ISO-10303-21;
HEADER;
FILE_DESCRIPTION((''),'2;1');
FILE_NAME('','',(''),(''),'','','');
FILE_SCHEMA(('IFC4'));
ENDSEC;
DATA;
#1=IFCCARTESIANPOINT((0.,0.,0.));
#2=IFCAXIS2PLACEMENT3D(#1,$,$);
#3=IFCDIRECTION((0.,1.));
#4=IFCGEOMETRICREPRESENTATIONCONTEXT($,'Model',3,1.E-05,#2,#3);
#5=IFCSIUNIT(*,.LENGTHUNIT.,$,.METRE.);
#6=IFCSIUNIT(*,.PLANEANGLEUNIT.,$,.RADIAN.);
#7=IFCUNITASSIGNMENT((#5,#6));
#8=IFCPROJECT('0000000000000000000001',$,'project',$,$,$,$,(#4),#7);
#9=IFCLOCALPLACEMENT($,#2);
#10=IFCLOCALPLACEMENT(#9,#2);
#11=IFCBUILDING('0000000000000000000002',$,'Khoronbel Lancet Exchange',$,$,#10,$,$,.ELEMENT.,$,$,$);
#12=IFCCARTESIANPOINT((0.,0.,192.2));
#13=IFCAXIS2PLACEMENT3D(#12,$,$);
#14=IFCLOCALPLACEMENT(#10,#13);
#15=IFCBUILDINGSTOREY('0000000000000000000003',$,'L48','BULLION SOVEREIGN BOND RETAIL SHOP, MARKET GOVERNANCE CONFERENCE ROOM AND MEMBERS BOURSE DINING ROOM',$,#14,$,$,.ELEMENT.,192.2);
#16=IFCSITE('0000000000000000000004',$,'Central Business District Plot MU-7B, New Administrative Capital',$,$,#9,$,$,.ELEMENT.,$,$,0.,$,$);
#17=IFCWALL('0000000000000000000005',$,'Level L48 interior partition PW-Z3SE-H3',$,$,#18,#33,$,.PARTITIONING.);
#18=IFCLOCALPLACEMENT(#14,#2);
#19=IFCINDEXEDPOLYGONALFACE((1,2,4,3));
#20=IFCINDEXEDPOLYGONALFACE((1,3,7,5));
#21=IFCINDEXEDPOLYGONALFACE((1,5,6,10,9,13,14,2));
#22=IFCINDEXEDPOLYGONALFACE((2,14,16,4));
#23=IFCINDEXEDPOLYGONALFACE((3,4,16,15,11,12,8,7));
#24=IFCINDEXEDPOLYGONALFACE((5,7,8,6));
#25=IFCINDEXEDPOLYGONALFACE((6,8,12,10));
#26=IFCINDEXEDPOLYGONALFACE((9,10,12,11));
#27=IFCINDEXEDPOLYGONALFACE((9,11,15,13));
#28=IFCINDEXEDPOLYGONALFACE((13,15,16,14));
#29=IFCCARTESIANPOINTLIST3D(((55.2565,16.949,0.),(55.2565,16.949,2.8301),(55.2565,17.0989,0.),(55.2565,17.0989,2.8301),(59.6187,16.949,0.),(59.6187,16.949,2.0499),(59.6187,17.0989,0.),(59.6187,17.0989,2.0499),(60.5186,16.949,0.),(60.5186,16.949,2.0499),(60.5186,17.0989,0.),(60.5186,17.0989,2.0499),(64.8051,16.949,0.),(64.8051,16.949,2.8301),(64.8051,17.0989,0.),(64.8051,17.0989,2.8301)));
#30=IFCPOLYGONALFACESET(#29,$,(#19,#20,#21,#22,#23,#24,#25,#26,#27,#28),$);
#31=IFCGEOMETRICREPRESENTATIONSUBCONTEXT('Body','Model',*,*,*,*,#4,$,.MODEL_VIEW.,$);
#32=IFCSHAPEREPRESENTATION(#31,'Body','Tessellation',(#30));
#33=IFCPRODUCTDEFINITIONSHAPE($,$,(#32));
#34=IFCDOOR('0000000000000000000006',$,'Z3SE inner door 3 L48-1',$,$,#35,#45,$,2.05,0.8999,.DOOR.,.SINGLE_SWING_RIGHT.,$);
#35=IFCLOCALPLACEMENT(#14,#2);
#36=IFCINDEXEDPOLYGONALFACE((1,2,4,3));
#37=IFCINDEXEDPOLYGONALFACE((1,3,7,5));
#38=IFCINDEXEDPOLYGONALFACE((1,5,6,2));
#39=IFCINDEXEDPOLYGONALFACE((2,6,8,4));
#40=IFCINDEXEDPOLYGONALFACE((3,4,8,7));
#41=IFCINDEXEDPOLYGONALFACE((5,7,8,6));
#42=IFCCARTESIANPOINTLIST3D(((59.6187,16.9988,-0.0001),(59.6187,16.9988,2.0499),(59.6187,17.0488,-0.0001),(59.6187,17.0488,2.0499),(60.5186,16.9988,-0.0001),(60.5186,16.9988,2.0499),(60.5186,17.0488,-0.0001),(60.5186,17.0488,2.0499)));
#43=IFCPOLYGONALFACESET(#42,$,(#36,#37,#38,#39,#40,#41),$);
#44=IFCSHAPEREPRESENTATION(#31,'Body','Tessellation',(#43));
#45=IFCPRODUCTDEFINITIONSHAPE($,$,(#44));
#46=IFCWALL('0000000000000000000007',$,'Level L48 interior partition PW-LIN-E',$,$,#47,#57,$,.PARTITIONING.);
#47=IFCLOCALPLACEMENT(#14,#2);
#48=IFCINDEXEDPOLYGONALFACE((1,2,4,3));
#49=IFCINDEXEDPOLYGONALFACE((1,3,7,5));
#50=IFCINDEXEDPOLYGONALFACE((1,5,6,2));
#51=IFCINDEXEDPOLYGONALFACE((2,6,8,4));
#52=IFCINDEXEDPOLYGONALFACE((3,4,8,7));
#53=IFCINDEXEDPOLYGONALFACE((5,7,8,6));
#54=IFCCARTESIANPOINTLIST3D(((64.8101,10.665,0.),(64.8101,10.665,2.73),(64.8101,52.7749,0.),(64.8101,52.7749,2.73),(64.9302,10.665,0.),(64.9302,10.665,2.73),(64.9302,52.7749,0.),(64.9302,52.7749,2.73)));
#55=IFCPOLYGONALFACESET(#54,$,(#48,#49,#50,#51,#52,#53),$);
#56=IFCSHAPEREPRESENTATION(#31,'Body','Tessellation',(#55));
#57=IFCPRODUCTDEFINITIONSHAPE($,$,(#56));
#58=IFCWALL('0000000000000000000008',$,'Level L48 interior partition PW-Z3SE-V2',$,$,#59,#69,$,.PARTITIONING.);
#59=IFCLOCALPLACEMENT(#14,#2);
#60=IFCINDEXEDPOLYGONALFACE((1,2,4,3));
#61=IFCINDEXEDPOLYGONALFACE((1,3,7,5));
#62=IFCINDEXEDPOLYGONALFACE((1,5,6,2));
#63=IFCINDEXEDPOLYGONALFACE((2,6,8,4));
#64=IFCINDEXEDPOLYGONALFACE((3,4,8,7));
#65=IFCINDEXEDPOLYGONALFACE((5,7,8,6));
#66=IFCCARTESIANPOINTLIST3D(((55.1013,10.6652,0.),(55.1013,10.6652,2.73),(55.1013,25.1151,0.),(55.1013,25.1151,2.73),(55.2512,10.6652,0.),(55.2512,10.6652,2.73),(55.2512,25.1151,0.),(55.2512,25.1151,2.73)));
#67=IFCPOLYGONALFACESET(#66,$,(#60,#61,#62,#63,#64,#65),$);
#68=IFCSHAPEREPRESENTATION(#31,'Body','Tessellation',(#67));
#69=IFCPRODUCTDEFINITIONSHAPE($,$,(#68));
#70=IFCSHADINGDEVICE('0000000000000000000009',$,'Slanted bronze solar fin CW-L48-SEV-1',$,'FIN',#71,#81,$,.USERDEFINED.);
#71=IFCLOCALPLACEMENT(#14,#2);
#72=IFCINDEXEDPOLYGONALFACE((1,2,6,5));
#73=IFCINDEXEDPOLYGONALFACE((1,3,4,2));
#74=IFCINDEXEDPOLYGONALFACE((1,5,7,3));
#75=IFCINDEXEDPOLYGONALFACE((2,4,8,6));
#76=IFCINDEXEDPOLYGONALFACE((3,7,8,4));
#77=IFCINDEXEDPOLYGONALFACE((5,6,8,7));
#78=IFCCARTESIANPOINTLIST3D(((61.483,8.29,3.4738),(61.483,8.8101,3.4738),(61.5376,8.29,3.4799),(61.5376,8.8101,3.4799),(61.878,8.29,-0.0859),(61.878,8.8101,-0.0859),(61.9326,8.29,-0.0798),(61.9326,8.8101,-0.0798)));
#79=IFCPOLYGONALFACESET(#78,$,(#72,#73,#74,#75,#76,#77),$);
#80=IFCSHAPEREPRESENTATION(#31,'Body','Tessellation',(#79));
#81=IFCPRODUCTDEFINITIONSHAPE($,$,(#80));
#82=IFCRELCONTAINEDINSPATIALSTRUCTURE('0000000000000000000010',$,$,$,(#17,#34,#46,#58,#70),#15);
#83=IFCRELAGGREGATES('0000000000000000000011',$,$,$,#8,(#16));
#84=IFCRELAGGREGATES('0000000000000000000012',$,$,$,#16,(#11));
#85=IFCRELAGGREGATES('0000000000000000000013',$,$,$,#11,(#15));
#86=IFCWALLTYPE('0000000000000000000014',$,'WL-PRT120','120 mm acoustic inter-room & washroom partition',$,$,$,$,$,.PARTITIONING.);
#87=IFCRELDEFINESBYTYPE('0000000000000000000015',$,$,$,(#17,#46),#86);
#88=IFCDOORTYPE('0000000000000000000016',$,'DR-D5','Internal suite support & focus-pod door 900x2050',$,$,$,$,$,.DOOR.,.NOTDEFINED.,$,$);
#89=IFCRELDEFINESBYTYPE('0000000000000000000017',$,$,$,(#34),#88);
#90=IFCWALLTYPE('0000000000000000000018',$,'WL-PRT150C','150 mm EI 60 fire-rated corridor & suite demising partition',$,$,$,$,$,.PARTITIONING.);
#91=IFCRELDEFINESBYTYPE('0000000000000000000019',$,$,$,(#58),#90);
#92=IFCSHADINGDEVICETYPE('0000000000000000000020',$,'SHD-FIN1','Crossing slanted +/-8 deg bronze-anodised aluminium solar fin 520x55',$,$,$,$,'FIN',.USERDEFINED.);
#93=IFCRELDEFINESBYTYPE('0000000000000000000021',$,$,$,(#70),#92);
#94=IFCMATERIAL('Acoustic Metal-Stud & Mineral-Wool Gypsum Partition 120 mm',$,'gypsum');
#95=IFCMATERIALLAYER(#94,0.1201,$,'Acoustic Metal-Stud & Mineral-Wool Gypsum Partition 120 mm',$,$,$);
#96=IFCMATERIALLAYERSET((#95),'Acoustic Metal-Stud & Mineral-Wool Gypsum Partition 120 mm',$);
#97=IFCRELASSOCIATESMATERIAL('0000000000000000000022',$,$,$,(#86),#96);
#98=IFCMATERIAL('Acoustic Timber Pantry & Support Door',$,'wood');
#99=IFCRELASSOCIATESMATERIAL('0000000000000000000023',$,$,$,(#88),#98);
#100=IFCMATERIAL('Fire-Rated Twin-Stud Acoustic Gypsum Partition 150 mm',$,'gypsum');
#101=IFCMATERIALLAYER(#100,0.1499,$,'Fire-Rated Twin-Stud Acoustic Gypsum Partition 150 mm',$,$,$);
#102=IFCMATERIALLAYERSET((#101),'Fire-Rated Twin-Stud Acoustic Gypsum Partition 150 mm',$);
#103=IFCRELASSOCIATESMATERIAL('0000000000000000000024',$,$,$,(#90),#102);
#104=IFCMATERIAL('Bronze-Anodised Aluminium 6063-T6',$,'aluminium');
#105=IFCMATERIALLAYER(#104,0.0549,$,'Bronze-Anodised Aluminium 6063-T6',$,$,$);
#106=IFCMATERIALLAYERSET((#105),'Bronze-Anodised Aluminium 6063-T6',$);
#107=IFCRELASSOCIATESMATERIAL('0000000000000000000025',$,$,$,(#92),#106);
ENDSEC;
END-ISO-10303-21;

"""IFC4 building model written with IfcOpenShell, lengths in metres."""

from ifc_helpers import new_model, si_unit, direction, frame, frame_2d, origin, place, context, subcontext, project, spatial, polyline, rectangle, outline, extrude, material, layer, layer_set, type_object, element, fill, save


model = new_model("IFC4")

# Units and contexts
model_context = context("Model", 3, precision=1e-05, world=origin(), true_north=direction((0.0, 1.0)))
body_context = subcontext(model_context, "Body", "Model", "MODEL_VIEW")
ifc_project = project(units=[si_unit("LENGTHUNIT", "METRE"), si_unit("PLANEANGLEUNIT", "RADIAN")], contexts=[model_context])

# Site, building, storey
site_placement = place(None, origin())
site = spatial("IfcSite", under=ifc_project, at=site_placement, Name="Central Business District Plot MU-7B, New Administrative Capital", CompositionType="ELEMENT", RefElevation=0.0)
building_placement = place(site_placement, origin())
building = spatial("IfcBuilding", under=site, at=building_placement, Name="Khoronbel Lancet Exchange", CompositionType="ELEMENT")
storey_placement = place(building_placement, frame((0.0, 0.0, 192.2)))
storey = spatial("IfcBuildingStorey", under=building, at=storey_placement, Name="L48", Description="BULLION SOVEREIGN BOND RETAIL SHOP, MARKET GOVERNANCE CONFERENCE ROOM AND MEMBERS BOURSE DINING ROOM", CompositionType="ELEMENT", Elevation=192.2)

# Shared definitions
ifc_material_1 = material(Name="Bronze-Anodised Aluminium 6063-T6", Category="aluminium")

# Wall, opening, door
ifc_material_2 = material(Name="Acoustic Metal-Stud & Mineral-Wool Gypsum Partition 120 mm", Category="gypsum")
ifc_layer_1 = layer(ifc_material_2, 0.1201, Name="Acoustic Metal-Stud & Mineral-Wool Gypsum Partition 120 mm")
ifc_layer_set_1 = layer_set([ifc_layer_1], Name="Acoustic Metal-Stud & Mineral-Wool Gypsum Partition 120 mm")
wall_type_1 = type_object("IfcWallType", Name="WL-PRT120", Description="120 mm acoustic inter-room & washroom partition", PredefinedType="PARTITIONING", material=ifc_layer_set_1)
wall_1_placement = place(storey_placement, frame((55.2563, 17.0239, 0.0), z_axis=(0.0, 0.0, 1.0), x_axis=(1.0, 0.0, 0.0)))
wall_1 = element("IfcWall", 1, at=wall_1_placement, inside=storey, type_object=wall_type_1, Name="Level L48 interior partition PW-Z3SE-H3", PredefinedType="PARTITIONING", context=body_context, shape_type="SweptSolid", body=[
    extrude(rectangle(XDim=9.5486, YDim=0.1499, at=frame_2d((4.7744, 0.0))), origin(), (0.0, 0.0, 1.0), 2.8301),
])
opening_placement = place(wall_1_placement, frame((4.3623, 0.0, 0.0)))
opening = element("IfcOpeningElement", 2, at=opening_placement, cuts=wall_1, PredefinedType="OPENING", context=body_context, shape_type="SweptSolid", body=[
    extrude(rectangle(XDim=0.8999, YDim=2.05, at=frame_2d((0.45, 1.0249))), frame((0.0, 0.085, 0.0), z_axis=(0.0, -1.0, 0.0), x_axis=(1.0, 0.0, 0.0)), (0.0, 0.0, 1.0), 0.1699),
])
ifc_material_3 = material(Name="Acoustic Timber Pantry & Support Door", Category="wood")
door_type = type_object("IfcDoorType", Name="DR-D5", Description="Internal suite support & focus-pod door 900x2050", OperationType="NOTDEFINED", PredefinedType="DOOR", material=ifc_material_3)
door_placement = place(opening_placement, origin())
door = element("IfcDoor", 3, at=door_placement, inside=storey, type_object=door_type, Name="Z3SE inner door 3 L48-1", OperationType="SINGLE_SWING_RIGHT", OverallHeight=2.05, OverallWidth=0.8999, PredefinedType="DOOR", context=body_context, shape_type="SweptSolid", body=[
    extrude(rectangle(XDim=0.8999, YDim=2.05, at=frame_2d((0.45, 1.0249))), frame((0.0, 0.0249, 0.0), z_axis=(0.0, -1.0, 0.0), x_axis=(1.0, 0.0, 0.0)), (0.0, 0.0, 1.0), 0.05),
])
fill(opening, door)

# Walls
wall_2_placement = place(storey_placement, frame((64.8701, 10.665, 0.0), z_axis=(0.0, 0.0, 1.0), x_axis=(0.0, 1.0, 0.0)))
element("IfcWall", 4, at=wall_2_placement, inside=storey, type_object=wall_type_1, Name="Level L48 interior partition PW-LIN-E", PredefinedType="PARTITIONING", context=body_context, shape_type="SweptSolid", body=[
    extrude(rectangle(XDim=42.1099, YDim=0.1201, at=frame_2d((21.0549, 0.0))), origin(), (0.0, 0.0, 1.0), 2.73),
])
ifc_material_4 = material(Name="Fire-Rated Twin-Stud Acoustic Gypsum Partition 150 mm", Category="gypsum")
ifc_layer_2 = layer(ifc_material_4, 0.1499, Name="Fire-Rated Twin-Stud Acoustic Gypsum Partition 150 mm")
ifc_layer_set_2 = layer_set([ifc_layer_2], Name="Fire-Rated Twin-Stud Acoustic Gypsum Partition 150 mm")
wall_type_2 = type_object("IfcWallType", Name="WL-PRT150C", Description="150 mm EI 60 fire-rated corridor & suite demising partition", PredefinedType="PARTITIONING", material=ifc_layer_set_2)
wall_3_placement = place(storey_placement, frame((55.1763, 10.665, 0.0), z_axis=(0.0, 0.0, 1.0), x_axis=(0.0, 1.0, 0.0)))
element("IfcWall", 5, at=wall_3_placement, inside=storey, type_object=wall_type_2, Name="Level L48 interior partition PW-Z3SE-V2", PredefinedType="PARTITIONING", context=body_context, shape_type="SweptSolid", body=[
    extrude(rectangle(XDim=14.45, YDim=0.1499, at=frame_2d((7.2251, 0.0))), origin(), (0.0, 0.0, 1.0), 2.73),
])

# Shading device
ifc_layer_3 = layer(ifc_material_1, 0.0549, Name="Bronze-Anodised Aluminium 6063-T6")
ifc_layer_set_3 = layer_set([ifc_layer_3], Name="Bronze-Anodised Aluminium 6063-T6")
shading_device_type = type_object("IfcShadingDeviceType", Name="SHD-FIN1", Description="Crossing slanted +/-8 deg bronze-anodised aluminium solar fin 520x55", ElementType="FIN", PredefinedType="USERDEFINED", material=ifc_layer_set_3)
shading_device_placement = place(storey_placement, frame((61.9326, 8.8101, -0.0798), z_axis=(0.9939, 0.0, 0.110289), x_axis=(0.0, -1.0, 0.0)))
element("IfcShadingDevice", 6, at=shading_device_placement, inside=storey, type_object=shading_device_type, Name="Slanted bronze solar fin CW-L48-SEV-1", ObjectType="FIN", PredefinedType="USERDEFINED", context=body_context, shape_type="SweptSolid", body=[
    extrude(outline(polyline([(0.0, 0.0), (0.52, 0.0), (0.52, -3.5815), (0.0, -3.5815), (0.0, 0.0)])), origin(), (0.0, 0.0, -1.0), 0.0549),
])

save(model, "model.ifc")
